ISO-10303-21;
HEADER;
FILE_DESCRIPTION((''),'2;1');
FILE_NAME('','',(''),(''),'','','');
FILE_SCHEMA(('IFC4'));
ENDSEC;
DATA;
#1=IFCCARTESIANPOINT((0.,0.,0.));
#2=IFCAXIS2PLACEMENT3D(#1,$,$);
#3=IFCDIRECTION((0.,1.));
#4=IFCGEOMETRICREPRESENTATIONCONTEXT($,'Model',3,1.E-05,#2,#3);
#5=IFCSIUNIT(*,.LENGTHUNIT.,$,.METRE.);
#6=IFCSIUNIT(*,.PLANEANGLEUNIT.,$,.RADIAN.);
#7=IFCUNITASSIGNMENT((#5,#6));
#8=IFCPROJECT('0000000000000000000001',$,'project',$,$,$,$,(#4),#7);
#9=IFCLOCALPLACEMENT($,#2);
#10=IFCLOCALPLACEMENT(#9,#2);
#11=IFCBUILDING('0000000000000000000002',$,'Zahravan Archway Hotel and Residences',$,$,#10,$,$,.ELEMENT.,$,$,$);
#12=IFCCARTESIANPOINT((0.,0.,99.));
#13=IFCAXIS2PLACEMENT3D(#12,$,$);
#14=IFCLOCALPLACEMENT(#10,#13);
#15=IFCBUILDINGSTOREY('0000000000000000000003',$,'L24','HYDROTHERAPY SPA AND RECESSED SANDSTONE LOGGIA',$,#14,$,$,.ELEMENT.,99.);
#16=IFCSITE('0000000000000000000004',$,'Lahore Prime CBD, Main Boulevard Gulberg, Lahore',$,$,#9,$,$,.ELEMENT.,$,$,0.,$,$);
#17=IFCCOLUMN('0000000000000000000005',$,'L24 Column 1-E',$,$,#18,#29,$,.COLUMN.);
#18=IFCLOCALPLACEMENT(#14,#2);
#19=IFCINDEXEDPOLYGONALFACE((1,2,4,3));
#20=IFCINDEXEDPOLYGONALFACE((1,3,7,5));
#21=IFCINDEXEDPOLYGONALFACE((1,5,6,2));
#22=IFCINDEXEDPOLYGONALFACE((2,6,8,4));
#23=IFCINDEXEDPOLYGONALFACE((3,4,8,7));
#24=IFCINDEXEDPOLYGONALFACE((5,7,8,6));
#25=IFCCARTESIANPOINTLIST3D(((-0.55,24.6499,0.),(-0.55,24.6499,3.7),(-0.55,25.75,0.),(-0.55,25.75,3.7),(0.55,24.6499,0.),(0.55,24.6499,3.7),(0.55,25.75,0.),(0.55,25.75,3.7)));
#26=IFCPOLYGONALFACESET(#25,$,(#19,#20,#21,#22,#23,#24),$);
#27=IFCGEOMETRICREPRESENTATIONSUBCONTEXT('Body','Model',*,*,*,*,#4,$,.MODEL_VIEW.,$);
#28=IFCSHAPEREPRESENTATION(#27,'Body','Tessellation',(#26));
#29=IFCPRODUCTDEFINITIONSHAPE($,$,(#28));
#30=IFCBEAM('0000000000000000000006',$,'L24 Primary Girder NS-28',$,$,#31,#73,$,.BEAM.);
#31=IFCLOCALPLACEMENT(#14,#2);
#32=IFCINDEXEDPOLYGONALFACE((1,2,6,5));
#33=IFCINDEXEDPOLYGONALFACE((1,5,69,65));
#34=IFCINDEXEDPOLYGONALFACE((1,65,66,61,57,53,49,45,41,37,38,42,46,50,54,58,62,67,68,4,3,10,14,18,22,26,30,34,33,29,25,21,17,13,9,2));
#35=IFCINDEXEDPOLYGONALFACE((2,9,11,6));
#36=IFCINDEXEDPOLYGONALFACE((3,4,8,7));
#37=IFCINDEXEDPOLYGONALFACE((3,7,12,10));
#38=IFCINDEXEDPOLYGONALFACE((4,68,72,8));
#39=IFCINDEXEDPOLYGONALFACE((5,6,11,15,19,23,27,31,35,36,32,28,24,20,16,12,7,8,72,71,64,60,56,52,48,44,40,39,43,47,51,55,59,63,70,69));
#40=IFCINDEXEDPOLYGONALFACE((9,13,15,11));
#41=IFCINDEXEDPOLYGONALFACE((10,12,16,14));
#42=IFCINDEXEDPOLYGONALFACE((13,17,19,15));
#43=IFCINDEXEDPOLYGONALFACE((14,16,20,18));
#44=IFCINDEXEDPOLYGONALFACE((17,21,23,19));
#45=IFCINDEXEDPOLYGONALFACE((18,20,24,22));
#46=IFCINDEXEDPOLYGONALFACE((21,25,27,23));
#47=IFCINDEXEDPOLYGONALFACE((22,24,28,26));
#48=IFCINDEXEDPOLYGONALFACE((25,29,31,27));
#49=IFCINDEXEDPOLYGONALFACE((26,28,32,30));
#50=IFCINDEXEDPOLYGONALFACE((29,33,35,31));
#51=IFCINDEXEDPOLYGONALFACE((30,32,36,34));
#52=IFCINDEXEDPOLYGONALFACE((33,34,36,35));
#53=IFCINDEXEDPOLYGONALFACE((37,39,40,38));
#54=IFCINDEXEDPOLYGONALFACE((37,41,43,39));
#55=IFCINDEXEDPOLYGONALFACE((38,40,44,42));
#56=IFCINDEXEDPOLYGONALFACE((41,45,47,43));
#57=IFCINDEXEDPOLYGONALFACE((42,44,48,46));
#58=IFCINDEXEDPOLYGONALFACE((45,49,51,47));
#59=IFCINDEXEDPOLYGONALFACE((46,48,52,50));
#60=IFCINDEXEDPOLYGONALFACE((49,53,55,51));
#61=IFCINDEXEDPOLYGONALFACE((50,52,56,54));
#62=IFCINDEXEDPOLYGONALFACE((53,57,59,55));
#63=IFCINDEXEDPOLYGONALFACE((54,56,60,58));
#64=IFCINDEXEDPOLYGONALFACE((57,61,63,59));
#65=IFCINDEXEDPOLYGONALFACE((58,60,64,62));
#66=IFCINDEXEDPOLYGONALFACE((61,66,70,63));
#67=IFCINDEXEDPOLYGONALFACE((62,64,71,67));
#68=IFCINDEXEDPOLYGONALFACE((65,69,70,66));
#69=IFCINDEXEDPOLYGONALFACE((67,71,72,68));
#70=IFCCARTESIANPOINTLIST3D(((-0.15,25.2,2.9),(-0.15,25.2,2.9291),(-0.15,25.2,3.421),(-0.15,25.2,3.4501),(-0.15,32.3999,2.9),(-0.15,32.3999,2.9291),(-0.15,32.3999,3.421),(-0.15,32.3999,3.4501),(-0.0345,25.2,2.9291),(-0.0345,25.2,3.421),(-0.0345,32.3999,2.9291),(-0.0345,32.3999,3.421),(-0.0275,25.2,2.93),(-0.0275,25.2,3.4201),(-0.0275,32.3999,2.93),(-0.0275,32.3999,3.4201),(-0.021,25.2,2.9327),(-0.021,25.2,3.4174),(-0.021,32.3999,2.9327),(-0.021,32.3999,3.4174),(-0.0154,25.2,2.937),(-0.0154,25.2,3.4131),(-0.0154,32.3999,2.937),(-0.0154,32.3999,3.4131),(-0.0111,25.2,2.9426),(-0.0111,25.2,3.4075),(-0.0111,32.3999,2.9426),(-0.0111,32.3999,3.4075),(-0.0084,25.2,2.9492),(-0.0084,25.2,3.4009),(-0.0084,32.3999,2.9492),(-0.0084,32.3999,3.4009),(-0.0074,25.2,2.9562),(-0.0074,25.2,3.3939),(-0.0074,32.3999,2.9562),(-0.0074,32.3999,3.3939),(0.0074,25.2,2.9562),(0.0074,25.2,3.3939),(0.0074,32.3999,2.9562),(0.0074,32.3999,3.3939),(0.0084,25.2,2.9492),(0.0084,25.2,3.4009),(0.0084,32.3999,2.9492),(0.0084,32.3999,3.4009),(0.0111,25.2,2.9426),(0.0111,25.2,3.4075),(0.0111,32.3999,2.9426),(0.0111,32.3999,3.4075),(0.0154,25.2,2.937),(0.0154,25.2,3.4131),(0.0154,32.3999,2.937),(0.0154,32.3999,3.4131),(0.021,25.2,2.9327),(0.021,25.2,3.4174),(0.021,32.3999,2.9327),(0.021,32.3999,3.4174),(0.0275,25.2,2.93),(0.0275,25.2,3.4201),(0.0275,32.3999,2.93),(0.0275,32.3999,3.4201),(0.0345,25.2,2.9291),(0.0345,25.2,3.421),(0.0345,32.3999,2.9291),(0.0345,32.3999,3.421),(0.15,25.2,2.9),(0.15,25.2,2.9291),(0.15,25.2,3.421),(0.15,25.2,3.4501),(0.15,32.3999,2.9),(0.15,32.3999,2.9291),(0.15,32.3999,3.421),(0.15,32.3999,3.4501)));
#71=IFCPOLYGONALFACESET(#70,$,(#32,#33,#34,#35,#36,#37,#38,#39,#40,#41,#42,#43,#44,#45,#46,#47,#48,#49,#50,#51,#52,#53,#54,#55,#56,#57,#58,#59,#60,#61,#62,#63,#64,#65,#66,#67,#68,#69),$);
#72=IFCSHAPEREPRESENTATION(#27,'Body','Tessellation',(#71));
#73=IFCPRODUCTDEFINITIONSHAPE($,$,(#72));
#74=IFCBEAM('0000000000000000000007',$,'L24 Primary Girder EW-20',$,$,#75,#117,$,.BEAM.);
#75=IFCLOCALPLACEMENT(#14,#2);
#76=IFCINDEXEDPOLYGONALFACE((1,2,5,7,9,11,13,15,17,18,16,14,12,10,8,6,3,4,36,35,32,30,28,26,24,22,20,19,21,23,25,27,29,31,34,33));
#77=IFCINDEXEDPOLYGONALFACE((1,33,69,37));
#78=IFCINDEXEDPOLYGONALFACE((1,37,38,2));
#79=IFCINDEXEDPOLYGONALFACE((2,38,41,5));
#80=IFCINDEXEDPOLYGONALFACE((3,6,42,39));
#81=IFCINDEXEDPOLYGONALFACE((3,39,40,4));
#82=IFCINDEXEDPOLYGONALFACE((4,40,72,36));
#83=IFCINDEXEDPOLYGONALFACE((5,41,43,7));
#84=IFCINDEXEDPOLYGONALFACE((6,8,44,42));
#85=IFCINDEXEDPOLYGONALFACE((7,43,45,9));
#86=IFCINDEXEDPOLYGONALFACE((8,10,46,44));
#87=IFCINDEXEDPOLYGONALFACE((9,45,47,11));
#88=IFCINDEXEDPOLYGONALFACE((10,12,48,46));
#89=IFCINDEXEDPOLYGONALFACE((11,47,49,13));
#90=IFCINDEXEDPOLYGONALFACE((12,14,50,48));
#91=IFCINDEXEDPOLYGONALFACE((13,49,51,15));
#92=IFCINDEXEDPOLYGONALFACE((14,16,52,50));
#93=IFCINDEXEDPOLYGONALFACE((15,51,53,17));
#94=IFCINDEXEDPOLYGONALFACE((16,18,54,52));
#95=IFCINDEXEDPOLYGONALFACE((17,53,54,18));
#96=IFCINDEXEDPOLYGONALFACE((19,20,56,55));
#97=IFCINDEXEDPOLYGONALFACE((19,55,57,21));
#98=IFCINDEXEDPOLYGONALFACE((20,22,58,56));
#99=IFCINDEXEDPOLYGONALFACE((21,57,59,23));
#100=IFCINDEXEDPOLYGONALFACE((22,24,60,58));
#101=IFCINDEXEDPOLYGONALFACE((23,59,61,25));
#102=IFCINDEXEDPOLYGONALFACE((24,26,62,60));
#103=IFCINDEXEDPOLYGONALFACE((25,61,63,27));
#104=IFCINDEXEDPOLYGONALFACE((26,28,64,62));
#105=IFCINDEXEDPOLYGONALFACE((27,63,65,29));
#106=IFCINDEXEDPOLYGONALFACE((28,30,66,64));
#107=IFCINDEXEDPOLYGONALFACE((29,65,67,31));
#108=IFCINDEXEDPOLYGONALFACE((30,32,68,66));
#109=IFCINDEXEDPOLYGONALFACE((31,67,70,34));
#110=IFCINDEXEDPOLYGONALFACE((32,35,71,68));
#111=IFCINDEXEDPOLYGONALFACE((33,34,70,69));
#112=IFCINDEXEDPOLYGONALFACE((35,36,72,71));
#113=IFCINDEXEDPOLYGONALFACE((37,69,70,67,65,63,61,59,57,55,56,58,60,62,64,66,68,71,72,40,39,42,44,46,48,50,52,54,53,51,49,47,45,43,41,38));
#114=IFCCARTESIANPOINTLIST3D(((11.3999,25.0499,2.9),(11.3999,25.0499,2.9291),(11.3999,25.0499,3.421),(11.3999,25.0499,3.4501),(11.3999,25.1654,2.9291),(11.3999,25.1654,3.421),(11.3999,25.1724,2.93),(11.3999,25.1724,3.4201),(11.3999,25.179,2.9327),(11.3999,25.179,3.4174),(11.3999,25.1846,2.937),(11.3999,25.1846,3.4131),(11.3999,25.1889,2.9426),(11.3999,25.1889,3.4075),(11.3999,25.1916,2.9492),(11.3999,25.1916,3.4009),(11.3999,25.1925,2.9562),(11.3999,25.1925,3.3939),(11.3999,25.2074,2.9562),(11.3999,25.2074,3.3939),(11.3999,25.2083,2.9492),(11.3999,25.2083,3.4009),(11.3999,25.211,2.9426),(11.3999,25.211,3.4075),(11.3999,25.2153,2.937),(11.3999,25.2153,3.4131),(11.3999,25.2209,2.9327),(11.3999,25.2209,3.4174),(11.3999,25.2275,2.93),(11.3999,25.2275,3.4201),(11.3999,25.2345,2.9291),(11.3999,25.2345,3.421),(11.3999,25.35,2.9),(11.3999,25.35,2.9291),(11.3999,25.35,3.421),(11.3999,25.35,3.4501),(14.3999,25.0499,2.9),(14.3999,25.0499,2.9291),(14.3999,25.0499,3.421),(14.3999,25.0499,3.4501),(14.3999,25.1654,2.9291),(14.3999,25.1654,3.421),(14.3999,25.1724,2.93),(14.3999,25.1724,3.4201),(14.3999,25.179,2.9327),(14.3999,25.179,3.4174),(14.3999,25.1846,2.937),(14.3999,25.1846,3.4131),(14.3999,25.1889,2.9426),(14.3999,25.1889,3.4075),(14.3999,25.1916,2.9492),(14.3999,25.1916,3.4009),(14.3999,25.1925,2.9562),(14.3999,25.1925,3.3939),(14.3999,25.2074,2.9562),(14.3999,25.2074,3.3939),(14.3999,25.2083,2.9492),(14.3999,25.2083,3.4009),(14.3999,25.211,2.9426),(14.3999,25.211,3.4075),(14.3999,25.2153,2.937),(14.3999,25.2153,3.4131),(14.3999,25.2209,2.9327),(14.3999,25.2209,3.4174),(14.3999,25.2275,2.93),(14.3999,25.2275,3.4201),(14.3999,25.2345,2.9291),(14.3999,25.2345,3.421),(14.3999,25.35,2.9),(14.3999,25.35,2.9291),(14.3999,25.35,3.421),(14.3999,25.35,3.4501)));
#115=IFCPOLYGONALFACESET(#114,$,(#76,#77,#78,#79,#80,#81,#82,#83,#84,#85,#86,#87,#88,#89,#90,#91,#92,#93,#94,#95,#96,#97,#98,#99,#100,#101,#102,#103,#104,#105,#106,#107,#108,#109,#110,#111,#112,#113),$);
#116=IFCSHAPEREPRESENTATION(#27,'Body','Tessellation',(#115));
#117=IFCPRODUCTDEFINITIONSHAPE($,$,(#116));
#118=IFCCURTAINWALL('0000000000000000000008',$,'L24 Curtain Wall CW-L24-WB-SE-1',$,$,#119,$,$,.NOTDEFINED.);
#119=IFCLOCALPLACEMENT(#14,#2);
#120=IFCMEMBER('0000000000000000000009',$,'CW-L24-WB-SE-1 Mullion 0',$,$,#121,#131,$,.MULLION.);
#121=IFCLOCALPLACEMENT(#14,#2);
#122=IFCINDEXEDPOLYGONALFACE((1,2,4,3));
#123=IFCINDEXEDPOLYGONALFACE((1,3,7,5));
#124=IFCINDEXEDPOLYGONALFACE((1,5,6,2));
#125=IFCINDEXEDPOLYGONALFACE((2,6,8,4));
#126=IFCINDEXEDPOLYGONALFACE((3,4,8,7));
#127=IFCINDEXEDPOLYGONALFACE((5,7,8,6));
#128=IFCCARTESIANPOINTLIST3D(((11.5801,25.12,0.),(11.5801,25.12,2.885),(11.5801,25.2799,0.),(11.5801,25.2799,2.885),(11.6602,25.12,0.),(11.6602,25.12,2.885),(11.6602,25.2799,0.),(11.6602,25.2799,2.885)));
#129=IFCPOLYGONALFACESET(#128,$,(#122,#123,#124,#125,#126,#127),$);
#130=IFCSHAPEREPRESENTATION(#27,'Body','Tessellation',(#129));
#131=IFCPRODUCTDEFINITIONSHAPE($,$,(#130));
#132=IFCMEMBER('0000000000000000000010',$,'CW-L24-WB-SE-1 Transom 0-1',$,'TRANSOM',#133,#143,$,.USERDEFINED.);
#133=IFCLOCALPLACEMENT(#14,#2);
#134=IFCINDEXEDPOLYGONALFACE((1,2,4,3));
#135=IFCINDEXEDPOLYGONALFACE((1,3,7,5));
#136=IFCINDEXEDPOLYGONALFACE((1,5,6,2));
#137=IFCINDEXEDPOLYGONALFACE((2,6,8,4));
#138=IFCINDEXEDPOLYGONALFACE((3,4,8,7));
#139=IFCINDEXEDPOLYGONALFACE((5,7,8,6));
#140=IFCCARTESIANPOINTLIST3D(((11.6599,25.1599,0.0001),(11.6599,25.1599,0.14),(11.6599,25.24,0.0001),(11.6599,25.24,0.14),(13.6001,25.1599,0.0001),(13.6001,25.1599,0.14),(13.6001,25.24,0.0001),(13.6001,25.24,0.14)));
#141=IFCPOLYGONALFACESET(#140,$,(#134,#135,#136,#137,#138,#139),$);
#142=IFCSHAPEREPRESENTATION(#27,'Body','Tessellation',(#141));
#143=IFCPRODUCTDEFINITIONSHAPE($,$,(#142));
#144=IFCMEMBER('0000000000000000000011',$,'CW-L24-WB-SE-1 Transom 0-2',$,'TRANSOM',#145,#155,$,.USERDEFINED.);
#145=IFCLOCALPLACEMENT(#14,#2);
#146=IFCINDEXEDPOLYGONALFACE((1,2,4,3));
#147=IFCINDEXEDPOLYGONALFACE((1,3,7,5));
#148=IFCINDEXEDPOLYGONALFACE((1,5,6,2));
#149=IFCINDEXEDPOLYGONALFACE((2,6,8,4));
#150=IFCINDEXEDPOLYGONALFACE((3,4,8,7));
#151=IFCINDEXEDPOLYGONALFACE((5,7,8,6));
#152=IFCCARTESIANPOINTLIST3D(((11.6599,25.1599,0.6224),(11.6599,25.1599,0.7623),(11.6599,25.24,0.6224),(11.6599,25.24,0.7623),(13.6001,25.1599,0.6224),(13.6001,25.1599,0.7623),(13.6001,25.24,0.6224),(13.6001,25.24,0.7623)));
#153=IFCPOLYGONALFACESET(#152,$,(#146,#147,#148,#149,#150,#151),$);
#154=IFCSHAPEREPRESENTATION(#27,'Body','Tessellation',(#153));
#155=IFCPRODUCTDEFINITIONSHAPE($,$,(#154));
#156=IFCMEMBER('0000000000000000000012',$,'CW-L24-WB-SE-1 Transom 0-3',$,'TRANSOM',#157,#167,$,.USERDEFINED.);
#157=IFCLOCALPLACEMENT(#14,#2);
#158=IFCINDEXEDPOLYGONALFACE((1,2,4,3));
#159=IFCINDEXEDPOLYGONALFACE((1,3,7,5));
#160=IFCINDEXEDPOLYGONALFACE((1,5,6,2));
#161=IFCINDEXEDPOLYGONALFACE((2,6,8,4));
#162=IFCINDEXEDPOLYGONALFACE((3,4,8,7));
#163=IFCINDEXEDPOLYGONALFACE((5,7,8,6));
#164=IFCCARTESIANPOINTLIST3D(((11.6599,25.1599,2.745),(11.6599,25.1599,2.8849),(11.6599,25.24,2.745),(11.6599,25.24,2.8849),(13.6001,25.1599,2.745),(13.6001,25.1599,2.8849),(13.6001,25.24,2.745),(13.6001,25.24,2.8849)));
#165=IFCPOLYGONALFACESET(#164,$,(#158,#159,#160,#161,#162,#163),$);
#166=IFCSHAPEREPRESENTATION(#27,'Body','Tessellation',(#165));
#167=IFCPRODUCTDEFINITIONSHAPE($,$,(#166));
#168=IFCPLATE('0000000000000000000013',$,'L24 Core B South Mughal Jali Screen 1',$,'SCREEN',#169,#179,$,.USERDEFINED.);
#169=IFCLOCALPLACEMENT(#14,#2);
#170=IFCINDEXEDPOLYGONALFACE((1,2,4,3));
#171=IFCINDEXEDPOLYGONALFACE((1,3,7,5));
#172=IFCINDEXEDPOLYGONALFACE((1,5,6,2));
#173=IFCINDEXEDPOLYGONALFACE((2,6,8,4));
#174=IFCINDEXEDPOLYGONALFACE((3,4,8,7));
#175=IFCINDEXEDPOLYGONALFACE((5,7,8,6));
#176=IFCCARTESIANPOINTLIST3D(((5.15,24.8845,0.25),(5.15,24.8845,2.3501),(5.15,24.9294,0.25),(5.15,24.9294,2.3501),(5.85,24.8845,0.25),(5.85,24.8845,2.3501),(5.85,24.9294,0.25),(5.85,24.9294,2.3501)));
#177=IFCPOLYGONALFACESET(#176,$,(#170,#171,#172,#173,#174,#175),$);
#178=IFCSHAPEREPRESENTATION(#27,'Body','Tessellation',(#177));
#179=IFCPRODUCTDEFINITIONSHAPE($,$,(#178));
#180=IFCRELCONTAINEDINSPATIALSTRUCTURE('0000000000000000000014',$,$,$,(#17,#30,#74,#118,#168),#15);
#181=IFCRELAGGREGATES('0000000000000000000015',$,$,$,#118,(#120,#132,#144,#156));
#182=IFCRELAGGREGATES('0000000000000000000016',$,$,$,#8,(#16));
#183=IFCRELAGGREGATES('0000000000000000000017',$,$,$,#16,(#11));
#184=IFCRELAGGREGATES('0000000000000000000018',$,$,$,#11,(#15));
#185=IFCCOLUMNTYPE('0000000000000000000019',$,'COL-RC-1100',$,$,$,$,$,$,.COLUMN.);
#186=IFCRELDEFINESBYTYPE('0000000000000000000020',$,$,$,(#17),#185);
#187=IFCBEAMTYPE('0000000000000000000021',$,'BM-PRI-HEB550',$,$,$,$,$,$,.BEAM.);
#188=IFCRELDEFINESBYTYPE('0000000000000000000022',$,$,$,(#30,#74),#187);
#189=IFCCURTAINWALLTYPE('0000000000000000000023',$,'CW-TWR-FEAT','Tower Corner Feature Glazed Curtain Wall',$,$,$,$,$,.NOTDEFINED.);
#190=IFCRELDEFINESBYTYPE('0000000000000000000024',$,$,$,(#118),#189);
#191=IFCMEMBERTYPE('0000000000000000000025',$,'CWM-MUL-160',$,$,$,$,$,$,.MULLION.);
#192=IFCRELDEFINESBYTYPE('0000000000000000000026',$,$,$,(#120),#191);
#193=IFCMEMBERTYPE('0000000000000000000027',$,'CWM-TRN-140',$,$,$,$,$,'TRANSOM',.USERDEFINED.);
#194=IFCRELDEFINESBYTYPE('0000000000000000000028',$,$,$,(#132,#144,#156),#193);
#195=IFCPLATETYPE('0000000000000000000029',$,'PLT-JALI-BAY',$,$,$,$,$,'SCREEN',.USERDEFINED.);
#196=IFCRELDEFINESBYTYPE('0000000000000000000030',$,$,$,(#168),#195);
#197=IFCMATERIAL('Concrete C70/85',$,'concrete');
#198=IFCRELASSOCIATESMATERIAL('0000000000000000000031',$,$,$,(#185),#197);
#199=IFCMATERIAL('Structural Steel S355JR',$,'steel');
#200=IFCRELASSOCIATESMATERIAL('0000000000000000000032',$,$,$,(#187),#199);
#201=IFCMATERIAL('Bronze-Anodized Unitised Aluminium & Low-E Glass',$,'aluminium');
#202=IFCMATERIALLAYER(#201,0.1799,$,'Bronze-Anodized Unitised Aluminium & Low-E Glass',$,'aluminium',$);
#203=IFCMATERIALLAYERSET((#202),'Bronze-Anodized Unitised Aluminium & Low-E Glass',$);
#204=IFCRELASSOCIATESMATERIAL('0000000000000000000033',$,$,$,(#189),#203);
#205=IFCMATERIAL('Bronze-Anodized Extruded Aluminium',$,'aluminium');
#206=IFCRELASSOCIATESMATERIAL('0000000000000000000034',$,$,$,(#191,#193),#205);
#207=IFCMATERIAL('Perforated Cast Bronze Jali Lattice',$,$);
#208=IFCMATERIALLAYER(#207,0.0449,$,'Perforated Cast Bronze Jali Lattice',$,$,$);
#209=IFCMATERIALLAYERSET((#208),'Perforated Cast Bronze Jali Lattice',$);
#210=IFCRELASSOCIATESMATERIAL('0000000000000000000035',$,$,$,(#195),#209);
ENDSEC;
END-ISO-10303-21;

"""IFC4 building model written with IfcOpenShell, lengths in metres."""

from ifc_helpers import new_model, si_unit, direction, frame, origin, origin_2d, place, context, subcontext, project, spatial, rectangle, i_section, extrude, source, transform, mapped, material, layer, layer_set, material_profile, profile_set, type_object, type_shapes, element, aggregate, save


model = new_model("IFC4")

# Units and contexts
model_context = context("Model", 3, precision=1e-05, world=origin(), true_north=direction((0.0, 1.0)))
body_context = subcontext(model_context, "Body", "Model", "MODEL_VIEW")
ifc_project = project(units=[si_unit("LENGTHUNIT", "METRE"), si_unit("PLANEANGLEUNIT", "RADIAN")], contexts=[model_context])

# Site, building, storey
site_placement = place(None, origin())
site = spatial("IfcSite", under=ifc_project, at=site_placement, Name="Lahore Prime CBD, Main Boulevard Gulberg, Lahore", CompositionType="ELEMENT", RefElevation=0.0)
building_placement = place(site_placement, origin())
building = spatial("IfcBuilding", under=site, at=building_placement, Name="Zahravan Archway Hotel and Residences", CompositionType="ELEMENT")
storey_placement = place(building_placement, frame((0.0, 0.0, 99.0)))
storey = spatial("IfcBuildingStorey", under=building, at=storey_placement, Name="L24", Description="HYDROTHERAPY SPA AND RECESSED SANDSTONE LOGGIA", CompositionType="ELEMENT", Elevation=99.0)

# Column
ifc_material_1 = material(Name="Concrete C70/85", Category="concrete")
ifc_material_profile_1 = material_profile(ifc_material_1, rectangle(XDim=1.1001, YDim=1.1001, at=origin_2d()), Name="RC 1100x1100", Category="concrete")
ifc_profile_set_1 = profile_set([ifc_material_profile_1], Name="Concrete C70/85")
column_type = type_object("IfcColumnType", Name="COL-RC-1100", PredefinedType="COLUMN", material=ifc_profile_set_1)
shared_shape_1 = source(origin(), body_context, "Body", "SweptSolid", [
    extrude(rectangle(XDim=1.1001, YDim=1.1001, at=origin_2d()), origin(), (0.0, 0.0, 1.0), 3.7),
])
column_placement = place(storey_placement, frame((0.0, 25.2, 0.0), z_axis=(0.0, 0.0, 1.0), x_axis=(1.0, 0.0, 0.0)))
element("IfcColumn", 1, at=column_placement, inside=storey, type_object=column_type, Name="L24 Column 1-E", PredefinedType="COLUMN", context=body_context, shape_type="MappedRepresentation", body=[
    mapped(shared_shape_1, transform((0.0, 0.0, 0.0), scale=1.0)),
])

# Beams
ifc_material_2 = material(Name="Structural Steel S355JR", Category="steel")
ifc_material_profile_2 = material_profile(ifc_material_2, i_section(OverallWidth=0.3, OverallDepth=0.55, WebThickness=0.0149, FlangeThickness=0.0291, FilletRadius=0.0271, at=origin_2d()), Name="HEB 550", Category="steel")
ifc_profile_set_2 = profile_set([ifc_material_profile_2], Name="Structural Steel S355JR")
beam_type = type_object("IfcBeamType", Name="BM-PRI-HEB550", PredefinedType="BEAM", material=ifc_profile_set_2)
shared_shape_2 = source(origin(), body_context, "Body", "SweptSolid", [
    extrude(i_section(OverallWidth=0.3, OverallDepth=0.55, WebThickness=0.0149, FlangeThickness=0.0291, FilletRadius=0.0271, at=origin_2d()), origin(), (0.0, 0.0, 1.0), 7.2),
])
beam_1_placement = place(storey_placement, frame((0.0, 25.2, 3.175), z_axis=(0.0, 1.0, 0.0), x_axis=(-1.0, 0.0, 0.0)))
element("IfcBeam", 2, at=beam_1_placement, inside=storey, type_object=beam_type, Name="L24 Primary Girder NS-28", PredefinedType="BEAM", context=body_context, shape_type="MappedRepresentation", body=[
    mapped(shared_shape_2, transform((0.0, 0.0, 0.0), scale=1.0)),
])
shared_shape_3 = source(origin(), body_context, "Body", "SweptSolid", [
    extrude(i_section(OverallWidth=0.3, OverallDepth=0.55, WebThickness=0.0149, FlangeThickness=0.0291, FilletRadius=0.0271, at=origin_2d()), origin(), (0.0, 0.0, 1.0), 3.0),
])
beam_2_placement = place(storey_placement, frame((11.3999, 25.2, 3.175), z_axis=(1.0, 0.0, 0.0), x_axis=(0.0, 1.0, 0.0)))
element("IfcBeam", 3, at=beam_2_placement, inside=storey, type_object=beam_type, Name="L24 Primary Girder EW-20", PredefinedType="BEAM", context=body_context, shape_type="MappedRepresentation", body=[
    mapped(shared_shape_3, transform((0.0, 0.0, 0.0), scale=1.0)),
])

# Curtain wall, members
ifc_material_3 = material(Name="Bronze-Anodized Unitised Aluminium & Low-E Glass", Category="aluminium")
ifc_layer_1 = layer(ifc_material_3, 0.1799, Name="Bronze-Anodized Unitised Aluminium & Low-E Glass", Category="aluminium")
ifc_layer_set_1 = layer_set([ifc_layer_1], Name="Bronze-Anodized Unitised Aluminium & Low-E Glass")
curtain_wall_type = type_object("IfcCurtainWallType", Name="CW-TWR-FEAT", Description="Tower Corner Feature Glazed Curtain Wall", PredefinedType="NOTDEFINED", material=ifc_layer_set_1)
curtain_wall_placement = place(storey_placement, origin())
curtain_wall = element("IfcCurtainWall", 4, at=curtain_wall_placement, inside=storey, type_object=curtain_wall_type, Name="L24 Curtain Wall CW-L24-WB-SE-1", PredefinedType="NOTDEFINED")
ifc_material_4 = material(Name="Bronze-Anodized Extruded Aluminium", Category="aluminium")
ifc_material_profile_3 = material_profile(ifc_material_4, rectangle(XDim=0.0801, YDim=0.1599, at=origin_2d()), Name="MUL 80x160", Category="aluminium")
ifc_profile_set_3 = profile_set([ifc_material_profile_3], Name="Bronze-Anodized Extruded Aluminium")
member_type_1 = type_object("IfcMemberType", Name="CWM-MUL-160", PredefinedType="MULLION", material=ifc_profile_set_3)
shared_shape_4 = source(origin(), body_context, "Body", "SweptSolid", [
    extrude(rectangle(XDim=0.0801, YDim=0.1599, at=origin_2d()), origin(), (0.0, 0.0, 1.0), 2.885),
])
member_1_placement = place(storey_placement, frame((11.6201, 25.2, 0.0), z_axis=(0.0, 0.0, 1.0), x_axis=(1.0, 0.0, 0.0)))
member_1 = element("IfcMember", 5, at=member_1_placement, type_object=member_type_1, Name="CW-L24-WB-SE-1 Mullion 0", PredefinedType="MULLION", context=body_context, shape_type="MappedRepresentation", body=[
    mapped(shared_shape_4, transform((0.0, 0.0, 0.0), scale=1.0)),
])
ifc_material_profile_4 = material_profile(ifc_material_4, rectangle(XDim=0.0801, YDim=0.1399, at=origin_2d()), Name="TRN 80x140", Category="aluminium")
ifc_profile_set_4 = profile_set([ifc_material_profile_4], Name="Bronze-Anodized Extruded Aluminium")
member_type_2 = type_object("IfcMemberType", Name="CWM-TRN-140", ElementType="TRANSOM", PredefinedType="USERDEFINED", material=ifc_profile_set_4)
shared_shape_5 = source(origin(), body_context, "Body", "SweptSolid", [
    extrude(rectangle(XDim=0.0801, YDim=0.1399, at=origin_2d()), origin(), (0.0, 0.0, 1.0), 1.9402),
])
member_2_placement = place(storey_placement, frame((11.6599, 25.2, 0.0701), z_axis=(1.0, 0.0, 0.0), x_axis=(0.0, 1.0, 0.0)))
member_2 = element("IfcMember", 6, at=member_2_placement, type_object=member_type_2, Name="CW-L24-WB-SE-1 Transom 0-1", ObjectType="TRANSOM", PredefinedType="USERDEFINED", context=body_context, shape_type="MappedRepresentation", body=[
    mapped(shared_shape_5, transform((0.0, 0.0, 0.0), scale=1.0)),
])
member_3_placement = place(storey_placement, frame((11.6599, 25.2, 0.6924), z_axis=(1.0, 0.0, 0.0), x_axis=(0.0, 1.0, 0.0)))
member_3 = element("IfcMember", 7, at=member_3_placement, type_object=member_type_2, Name="CW-L24-WB-SE-1 Transom 0-2", ObjectType="TRANSOM", PredefinedType="USERDEFINED", context=body_context, shape_type="MappedRepresentation", body=[
    mapped(shared_shape_5, transform((0.0, 0.0, 0.0), scale=1.0)),
])
member_4_placement = place(storey_placement, frame((11.6599, 25.2, 2.8149), z_axis=(1.0, 0.0, 0.0), x_axis=(0.0, 1.0, 0.0)))
member_4 = element("IfcMember", 8, at=member_4_placement, type_object=member_type_2, Name="CW-L24-WB-SE-1 Transom 0-3", ObjectType="TRANSOM", PredefinedType="USERDEFINED", context=body_context, shape_type="MappedRepresentation", body=[
    mapped(shared_shape_5, transform((0.0, 0.0, 0.0), scale=1.0)),
])

# Plate
ifc_material_5 = material(Name="Perforated Cast Bronze Jali Lattice")
ifc_layer_2 = layer(ifc_material_5, 0.0449, Name="Perforated Cast Bronze Jali Lattice")
ifc_layer_set_2 = layer_set([ifc_layer_2], Name="Perforated Cast Bronze Jali Lattice")
plate_type_1 = type_object("IfcPlateType", Name="PLT-JALI-BAY", ElementType="SCREEN", PredefinedType="USERDEFINED", material=ifc_layer_set_2)
shared_shape_6 = source(origin(), body_context, "Body", "SweptSolid", [
    extrude(rectangle(XDim=0.7, YDim=0.0449, at=origin_2d()), origin(), (0.0, 0.0, 1.0), 2.1001),
])
type_shapes(plate_type_1, [shared_shape_6])
for number, where, z_axis, x_axis, name in (
    (9, (5.5, 24.907, 0.25), (0.0, 0.0, 1.0), (1.0, 0.0, 0.0), "L24 Core B South Mughal Jali Screen 1"),
):
    element("IfcPlate", number, at=place(storey_placement, frame(where, z_axis=z_axis, x_axis=x_axis)), inside=storey, type_object=plate_type_1, Name=name, ObjectType="SCREEN", PredefinedType="USERDEFINED", context=body_context, shape_type="MappedRepresentation", body=[
        mapped(shared_shape_6, transform((0.0, 0.0, 0.0), scale=1.0)),
    ])

aggregate(curtain_wall, [member_1, member_2, member_3, member_4])

save(model, "model.ifc")
